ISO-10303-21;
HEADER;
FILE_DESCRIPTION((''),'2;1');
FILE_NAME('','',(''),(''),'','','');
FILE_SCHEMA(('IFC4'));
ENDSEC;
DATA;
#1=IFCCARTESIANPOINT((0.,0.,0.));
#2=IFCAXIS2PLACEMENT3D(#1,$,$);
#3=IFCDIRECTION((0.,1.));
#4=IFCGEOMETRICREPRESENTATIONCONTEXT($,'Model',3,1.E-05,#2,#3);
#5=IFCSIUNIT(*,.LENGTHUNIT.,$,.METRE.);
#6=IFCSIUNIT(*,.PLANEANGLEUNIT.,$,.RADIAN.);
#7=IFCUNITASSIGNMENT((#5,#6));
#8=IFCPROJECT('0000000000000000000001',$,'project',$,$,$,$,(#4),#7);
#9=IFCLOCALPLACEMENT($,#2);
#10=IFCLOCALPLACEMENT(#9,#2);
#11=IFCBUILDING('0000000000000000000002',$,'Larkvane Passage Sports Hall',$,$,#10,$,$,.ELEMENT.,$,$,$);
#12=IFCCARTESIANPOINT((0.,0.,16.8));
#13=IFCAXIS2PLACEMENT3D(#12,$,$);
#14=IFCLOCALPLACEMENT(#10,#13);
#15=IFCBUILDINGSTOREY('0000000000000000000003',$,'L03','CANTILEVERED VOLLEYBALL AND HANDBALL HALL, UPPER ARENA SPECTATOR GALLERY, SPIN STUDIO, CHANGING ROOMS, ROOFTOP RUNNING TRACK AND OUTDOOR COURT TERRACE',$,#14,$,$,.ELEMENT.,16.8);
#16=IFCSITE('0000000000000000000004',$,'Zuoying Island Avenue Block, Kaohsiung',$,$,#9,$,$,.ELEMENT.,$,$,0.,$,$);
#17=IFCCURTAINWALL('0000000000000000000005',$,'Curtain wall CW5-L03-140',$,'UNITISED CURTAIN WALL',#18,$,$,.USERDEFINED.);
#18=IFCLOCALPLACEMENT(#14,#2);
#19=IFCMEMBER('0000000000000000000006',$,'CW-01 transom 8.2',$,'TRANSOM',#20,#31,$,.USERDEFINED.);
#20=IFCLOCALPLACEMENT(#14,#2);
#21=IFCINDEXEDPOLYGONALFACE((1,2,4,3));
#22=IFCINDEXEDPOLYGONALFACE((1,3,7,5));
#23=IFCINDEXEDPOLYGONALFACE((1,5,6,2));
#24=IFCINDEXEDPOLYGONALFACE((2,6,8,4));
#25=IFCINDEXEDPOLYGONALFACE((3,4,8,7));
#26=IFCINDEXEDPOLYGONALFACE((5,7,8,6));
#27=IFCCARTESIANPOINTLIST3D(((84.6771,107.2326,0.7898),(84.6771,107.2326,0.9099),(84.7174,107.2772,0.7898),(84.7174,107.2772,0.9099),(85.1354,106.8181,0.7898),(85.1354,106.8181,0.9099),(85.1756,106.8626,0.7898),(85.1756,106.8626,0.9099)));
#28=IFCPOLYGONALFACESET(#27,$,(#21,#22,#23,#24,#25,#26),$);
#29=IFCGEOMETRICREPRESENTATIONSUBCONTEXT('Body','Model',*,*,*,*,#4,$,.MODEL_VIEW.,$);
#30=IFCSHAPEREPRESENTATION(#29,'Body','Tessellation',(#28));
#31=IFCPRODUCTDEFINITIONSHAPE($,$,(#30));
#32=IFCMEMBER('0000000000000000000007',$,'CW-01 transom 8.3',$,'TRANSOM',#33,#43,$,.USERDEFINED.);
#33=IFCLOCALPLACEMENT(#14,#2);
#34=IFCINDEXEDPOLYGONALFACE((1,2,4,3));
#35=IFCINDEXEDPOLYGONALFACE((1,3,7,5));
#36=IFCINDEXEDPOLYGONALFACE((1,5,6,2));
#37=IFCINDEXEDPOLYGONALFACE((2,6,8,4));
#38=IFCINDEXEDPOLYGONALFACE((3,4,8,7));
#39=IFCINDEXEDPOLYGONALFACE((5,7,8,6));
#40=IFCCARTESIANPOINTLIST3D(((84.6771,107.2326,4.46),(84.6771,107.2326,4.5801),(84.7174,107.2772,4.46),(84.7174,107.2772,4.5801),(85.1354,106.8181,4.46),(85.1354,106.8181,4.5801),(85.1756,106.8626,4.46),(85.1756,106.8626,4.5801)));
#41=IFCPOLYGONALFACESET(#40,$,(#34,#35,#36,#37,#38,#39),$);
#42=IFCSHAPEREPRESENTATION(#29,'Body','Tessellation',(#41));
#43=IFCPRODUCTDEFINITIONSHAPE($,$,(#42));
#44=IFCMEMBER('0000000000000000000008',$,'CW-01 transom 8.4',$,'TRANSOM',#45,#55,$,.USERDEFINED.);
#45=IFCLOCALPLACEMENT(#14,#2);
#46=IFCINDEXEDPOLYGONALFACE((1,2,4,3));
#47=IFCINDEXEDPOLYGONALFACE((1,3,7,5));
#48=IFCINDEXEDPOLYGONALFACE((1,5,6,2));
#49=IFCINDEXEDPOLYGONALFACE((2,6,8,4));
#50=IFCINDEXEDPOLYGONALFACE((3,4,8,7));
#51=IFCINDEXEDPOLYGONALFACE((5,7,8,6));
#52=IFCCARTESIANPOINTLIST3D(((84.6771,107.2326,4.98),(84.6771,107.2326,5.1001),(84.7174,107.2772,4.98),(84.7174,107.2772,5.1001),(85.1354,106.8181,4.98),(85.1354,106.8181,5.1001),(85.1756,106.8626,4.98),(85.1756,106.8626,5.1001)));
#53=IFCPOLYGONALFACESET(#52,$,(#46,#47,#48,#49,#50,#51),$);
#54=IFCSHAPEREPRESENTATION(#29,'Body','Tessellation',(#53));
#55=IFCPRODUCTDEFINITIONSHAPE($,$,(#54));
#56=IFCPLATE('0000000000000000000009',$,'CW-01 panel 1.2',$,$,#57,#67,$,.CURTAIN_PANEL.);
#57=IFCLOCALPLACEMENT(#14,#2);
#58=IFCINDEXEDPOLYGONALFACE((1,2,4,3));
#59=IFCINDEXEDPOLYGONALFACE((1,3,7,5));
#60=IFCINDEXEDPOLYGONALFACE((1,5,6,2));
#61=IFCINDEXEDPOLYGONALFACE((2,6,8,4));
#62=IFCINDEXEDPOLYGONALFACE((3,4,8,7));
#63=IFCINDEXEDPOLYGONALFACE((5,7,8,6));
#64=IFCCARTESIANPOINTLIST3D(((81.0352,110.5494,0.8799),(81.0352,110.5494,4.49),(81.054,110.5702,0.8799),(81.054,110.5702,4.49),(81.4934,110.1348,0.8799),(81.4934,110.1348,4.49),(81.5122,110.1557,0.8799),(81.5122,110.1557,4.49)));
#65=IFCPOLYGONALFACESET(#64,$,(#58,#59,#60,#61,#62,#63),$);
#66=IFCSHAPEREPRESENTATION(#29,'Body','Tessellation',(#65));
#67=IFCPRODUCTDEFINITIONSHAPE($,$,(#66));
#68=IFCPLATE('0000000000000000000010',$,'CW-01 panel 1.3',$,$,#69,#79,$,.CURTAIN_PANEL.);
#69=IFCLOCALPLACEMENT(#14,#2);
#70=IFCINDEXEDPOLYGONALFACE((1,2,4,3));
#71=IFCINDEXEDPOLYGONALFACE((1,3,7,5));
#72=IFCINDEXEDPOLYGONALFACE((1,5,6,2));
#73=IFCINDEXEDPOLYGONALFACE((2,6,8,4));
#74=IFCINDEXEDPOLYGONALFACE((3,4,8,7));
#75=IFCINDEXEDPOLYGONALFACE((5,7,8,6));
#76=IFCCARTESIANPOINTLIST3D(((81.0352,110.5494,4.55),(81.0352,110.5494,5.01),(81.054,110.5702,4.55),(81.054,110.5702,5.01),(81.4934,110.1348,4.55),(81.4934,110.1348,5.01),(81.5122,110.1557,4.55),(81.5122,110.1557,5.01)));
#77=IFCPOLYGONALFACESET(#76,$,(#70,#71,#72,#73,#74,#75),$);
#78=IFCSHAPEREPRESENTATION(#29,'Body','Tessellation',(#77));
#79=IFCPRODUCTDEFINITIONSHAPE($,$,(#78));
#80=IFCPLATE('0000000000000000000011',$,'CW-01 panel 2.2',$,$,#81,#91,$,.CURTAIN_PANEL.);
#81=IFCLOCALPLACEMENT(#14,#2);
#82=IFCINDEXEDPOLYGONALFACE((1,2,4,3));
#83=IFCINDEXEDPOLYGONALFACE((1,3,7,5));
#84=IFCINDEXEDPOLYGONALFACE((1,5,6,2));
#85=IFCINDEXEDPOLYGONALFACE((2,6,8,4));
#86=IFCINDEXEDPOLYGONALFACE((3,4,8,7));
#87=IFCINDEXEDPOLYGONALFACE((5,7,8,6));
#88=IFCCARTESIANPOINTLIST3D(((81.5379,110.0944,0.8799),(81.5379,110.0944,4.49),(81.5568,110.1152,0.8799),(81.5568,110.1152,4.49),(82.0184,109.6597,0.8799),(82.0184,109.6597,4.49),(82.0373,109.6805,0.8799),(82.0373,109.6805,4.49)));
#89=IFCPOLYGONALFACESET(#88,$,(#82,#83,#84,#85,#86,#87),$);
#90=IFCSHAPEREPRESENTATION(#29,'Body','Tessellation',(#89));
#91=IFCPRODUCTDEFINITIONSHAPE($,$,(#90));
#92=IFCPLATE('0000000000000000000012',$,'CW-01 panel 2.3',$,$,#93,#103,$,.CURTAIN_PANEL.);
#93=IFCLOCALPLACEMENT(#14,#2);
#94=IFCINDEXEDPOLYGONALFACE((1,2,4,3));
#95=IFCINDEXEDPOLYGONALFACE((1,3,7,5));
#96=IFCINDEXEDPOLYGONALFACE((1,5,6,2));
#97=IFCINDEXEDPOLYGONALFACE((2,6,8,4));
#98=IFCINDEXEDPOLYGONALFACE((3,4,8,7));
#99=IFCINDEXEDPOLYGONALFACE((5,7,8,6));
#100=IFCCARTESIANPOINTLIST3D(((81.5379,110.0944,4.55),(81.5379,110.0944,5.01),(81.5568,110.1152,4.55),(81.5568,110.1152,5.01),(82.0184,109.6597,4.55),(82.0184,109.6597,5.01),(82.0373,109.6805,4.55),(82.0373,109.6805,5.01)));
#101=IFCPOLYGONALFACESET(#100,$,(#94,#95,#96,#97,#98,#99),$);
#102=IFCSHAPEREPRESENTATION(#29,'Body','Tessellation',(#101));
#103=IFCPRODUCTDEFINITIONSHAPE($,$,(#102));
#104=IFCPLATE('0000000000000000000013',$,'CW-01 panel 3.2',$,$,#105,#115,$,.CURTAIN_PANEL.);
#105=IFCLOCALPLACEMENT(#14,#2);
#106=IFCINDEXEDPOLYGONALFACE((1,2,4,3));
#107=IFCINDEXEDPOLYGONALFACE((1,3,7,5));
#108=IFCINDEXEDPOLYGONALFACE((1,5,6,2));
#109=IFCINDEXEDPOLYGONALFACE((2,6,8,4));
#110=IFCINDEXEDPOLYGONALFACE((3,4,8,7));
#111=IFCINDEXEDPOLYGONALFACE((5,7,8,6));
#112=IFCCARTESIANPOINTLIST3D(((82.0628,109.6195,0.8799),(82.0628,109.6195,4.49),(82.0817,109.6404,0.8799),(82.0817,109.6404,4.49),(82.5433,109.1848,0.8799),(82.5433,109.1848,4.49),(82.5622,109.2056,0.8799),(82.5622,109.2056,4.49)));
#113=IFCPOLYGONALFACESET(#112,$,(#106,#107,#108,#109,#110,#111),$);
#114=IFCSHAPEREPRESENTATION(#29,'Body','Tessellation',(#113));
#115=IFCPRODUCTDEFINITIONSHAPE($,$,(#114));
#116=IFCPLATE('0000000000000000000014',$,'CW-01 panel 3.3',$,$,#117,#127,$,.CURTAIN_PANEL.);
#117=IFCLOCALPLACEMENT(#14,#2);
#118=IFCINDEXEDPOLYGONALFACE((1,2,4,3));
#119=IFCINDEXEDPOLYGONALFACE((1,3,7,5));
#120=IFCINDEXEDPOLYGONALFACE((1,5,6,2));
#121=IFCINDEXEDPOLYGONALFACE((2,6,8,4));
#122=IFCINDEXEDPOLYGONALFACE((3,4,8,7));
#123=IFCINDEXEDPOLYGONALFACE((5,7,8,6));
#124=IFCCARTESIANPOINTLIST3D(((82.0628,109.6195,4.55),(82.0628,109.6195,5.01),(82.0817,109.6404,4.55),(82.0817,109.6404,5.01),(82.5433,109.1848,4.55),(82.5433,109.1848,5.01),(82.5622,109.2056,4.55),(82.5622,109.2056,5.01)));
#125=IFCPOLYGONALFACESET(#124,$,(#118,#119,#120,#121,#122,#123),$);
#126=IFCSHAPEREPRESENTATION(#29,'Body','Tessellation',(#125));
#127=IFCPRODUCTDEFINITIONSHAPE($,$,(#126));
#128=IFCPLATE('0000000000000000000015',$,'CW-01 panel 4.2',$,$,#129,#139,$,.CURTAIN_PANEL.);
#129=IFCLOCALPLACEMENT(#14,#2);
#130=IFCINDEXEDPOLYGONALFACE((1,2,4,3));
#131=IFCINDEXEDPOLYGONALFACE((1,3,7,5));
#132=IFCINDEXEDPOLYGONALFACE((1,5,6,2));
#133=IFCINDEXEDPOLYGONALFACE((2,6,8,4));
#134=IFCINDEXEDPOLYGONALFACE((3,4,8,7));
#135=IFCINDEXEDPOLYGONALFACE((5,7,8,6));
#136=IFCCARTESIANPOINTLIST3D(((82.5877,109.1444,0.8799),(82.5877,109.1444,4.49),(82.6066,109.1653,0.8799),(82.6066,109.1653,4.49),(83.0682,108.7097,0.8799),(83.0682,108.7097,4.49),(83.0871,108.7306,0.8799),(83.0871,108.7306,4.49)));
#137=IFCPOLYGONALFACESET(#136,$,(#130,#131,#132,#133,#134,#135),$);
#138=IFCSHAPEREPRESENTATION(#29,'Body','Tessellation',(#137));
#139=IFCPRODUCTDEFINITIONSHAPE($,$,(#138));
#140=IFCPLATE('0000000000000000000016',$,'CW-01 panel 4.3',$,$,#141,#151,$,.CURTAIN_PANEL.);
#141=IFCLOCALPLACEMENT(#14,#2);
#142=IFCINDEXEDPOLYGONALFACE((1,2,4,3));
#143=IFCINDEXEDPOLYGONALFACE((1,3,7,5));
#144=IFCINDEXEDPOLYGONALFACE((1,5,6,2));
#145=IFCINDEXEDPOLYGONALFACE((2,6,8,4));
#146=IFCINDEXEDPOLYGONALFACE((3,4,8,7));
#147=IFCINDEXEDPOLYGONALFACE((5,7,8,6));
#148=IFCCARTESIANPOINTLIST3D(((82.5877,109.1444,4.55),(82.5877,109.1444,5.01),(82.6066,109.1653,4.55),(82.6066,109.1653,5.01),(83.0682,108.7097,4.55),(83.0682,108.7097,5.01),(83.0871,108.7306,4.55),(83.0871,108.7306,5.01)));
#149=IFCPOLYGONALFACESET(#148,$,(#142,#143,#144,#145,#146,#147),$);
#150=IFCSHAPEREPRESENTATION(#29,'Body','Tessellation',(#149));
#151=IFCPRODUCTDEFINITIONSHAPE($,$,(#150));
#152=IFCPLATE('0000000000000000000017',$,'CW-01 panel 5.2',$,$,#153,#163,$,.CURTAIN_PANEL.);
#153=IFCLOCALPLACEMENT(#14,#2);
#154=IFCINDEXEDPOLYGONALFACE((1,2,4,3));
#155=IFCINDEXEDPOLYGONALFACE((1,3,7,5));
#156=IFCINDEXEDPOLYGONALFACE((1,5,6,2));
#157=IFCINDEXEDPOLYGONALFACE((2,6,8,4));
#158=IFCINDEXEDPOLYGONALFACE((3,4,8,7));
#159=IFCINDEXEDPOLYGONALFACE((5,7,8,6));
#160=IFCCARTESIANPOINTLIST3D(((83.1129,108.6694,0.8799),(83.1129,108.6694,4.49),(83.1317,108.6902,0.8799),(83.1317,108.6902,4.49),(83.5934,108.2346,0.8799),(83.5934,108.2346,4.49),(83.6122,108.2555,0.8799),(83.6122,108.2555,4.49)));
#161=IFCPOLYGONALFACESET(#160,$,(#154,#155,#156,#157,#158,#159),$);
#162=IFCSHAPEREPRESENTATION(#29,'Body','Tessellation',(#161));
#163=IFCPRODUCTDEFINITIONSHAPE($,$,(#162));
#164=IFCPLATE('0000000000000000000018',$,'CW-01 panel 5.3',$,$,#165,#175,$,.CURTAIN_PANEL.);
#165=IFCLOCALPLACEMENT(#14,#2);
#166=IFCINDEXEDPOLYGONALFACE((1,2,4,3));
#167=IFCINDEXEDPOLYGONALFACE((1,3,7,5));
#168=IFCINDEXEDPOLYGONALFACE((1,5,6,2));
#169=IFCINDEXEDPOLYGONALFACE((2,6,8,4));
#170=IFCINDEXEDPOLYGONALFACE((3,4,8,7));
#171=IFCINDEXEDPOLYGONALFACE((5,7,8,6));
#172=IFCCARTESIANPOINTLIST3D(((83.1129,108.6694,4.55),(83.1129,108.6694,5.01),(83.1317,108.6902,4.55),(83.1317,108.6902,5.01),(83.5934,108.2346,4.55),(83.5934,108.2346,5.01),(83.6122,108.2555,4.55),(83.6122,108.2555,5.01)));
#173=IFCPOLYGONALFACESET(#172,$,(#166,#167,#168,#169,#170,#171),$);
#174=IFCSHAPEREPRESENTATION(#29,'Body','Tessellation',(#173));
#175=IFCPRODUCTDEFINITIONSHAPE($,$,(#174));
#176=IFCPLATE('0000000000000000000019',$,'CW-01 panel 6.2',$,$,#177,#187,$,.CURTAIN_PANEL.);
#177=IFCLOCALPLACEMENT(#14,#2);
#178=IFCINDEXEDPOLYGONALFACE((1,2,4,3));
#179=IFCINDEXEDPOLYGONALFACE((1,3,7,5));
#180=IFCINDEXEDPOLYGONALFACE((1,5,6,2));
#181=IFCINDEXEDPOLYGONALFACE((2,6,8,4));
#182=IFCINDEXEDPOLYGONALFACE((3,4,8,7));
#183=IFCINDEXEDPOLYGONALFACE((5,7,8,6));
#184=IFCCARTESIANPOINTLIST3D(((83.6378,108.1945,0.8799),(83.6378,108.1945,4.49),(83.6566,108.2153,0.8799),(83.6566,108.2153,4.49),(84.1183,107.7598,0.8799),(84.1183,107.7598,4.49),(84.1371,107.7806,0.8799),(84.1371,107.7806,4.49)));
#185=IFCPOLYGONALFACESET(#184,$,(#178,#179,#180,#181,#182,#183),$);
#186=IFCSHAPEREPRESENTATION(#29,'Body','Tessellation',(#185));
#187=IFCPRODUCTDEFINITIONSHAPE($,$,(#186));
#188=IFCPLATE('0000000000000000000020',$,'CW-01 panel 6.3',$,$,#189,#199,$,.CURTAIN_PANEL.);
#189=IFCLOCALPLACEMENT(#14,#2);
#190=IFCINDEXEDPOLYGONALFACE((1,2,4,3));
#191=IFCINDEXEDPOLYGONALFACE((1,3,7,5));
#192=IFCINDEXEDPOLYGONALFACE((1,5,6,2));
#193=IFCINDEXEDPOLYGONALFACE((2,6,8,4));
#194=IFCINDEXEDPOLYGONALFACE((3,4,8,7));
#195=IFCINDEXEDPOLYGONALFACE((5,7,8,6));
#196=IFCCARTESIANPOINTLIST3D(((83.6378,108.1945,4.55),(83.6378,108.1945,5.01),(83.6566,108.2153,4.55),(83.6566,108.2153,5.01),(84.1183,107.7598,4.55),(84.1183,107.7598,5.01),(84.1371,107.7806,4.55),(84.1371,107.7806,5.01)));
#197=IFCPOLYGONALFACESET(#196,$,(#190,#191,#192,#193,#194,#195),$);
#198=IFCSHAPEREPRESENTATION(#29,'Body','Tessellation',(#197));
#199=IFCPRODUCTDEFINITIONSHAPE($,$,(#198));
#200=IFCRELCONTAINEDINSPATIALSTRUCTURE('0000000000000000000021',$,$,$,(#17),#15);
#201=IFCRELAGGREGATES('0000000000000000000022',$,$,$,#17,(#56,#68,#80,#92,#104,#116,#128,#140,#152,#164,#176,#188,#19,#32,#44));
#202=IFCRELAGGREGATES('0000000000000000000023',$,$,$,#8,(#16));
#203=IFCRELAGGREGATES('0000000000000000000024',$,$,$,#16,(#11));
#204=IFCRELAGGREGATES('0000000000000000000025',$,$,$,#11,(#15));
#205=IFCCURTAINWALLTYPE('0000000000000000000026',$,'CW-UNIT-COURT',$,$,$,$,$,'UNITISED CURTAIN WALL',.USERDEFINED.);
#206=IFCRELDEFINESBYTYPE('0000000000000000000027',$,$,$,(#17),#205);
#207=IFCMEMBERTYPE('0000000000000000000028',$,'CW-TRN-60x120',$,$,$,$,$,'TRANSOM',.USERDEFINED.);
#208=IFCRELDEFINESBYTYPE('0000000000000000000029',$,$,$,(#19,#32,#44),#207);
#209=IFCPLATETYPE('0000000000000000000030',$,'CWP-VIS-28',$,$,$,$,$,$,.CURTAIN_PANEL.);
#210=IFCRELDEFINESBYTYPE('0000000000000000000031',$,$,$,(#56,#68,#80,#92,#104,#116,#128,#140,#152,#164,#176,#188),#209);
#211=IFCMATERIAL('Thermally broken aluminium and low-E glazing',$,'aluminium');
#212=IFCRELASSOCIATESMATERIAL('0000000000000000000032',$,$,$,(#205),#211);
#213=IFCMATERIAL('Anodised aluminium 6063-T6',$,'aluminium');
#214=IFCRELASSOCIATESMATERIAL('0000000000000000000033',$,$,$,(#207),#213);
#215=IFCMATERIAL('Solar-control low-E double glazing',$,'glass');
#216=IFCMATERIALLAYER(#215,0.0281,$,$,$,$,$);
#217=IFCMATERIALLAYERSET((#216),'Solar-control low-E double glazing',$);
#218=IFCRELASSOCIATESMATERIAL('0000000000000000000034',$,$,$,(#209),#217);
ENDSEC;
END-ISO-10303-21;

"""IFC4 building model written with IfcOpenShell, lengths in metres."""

from ifc_helpers import new_model, si_unit, direction, frame, origin, origin_2d, place, context, subcontext, project, spatial, rectangle, extrude, material, layer, layer_set, material_profile, profile_set, type_object, element, aggregate, save


model = new_model("IFC4")

# Units and contexts
model_context = context("Model", 3, precision=1e-05, world=origin(), true_north=direction((0.0, 1.0)))
body_context = subcontext(model_context, "Body", "Model", "MODEL_VIEW")
ifc_project = project(units=[si_unit("LENGTHUNIT", "METRE"), si_unit("PLANEANGLEUNIT", "RADIAN")], contexts=[model_context])

# Site, building, storey
site_placement = place(None, origin())
site = spatial("IfcSite", under=ifc_project, at=site_placement, Name="Zuoying Island Avenue Block, Kaohsiung", CompositionType="ELEMENT", RefElevation=0.0)
building_placement = place(site_placement, origin())
building = spatial("IfcBuilding", under=site, at=building_placement, Name="Larkvane Passage Sports Hall", CompositionType="ELEMENT")
storey_placement = place(building_placement, frame((0.0, 0.0, 16.8)))
storey = spatial("IfcBuildingStorey", under=building, at=storey_placement, Name="L03", Description="CANTILEVERED VOLLEYBALL AND HANDBALL HALL, UPPER ARENA SPECTATOR GALLERY, SPIN STUDIO, CHANGING ROOMS, ROOFTOP RUNNING TRACK AND OUTDOOR COURT TERRACE", CompositionType="ELEMENT", Elevation=16.8)

# Curtain wall, members, plates
ifc_material_1 = material(Name="Thermally broken aluminium and low-E glazing", Category="aluminium")
curtain_wall_type = type_object("IfcCurtainWallType", Name="CW-UNIT-COURT", ElementType="UNITISED CURTAIN WALL", PredefinedType="USERDEFINED", material=ifc_material_1)
curtain_wall_placement = place(storey_placement, origin())
curtain_wall = element("IfcCurtainWall", 1, at=curtain_wall_placement, inside=storey, type_object=curtain_wall_type, Name="Curtain wall CW5-L03-140", ObjectType="UNITISED CURTAIN WALL", PredefinedType="USERDEFINED")
ifc_material_2 = material(Name="Anodised aluminium 6063-T6", Category="aluminium")
ifc_material_profile = material_profile(ifc_material_2, rectangle(XDim=0.0601, YDim=0.1201, at=origin_2d()), Name="ALU-TRN-60x120")
ifc_profile_set = profile_set([ifc_material_profile], Name="Anodised aluminium 6063-T6")
member_type = type_object("IfcMemberType", Name="CW-TRN-60x120", ElementType="TRANSOM", PredefinedType="USERDEFINED", material=ifc_profile_set)
member_1_placement = place(storey_placement, frame((84.6973, 107.2549, 0.8499), z_axis=(0.741583, -0.670862, 0.0), x_axis=(0.670862, 0.741583, 0.0)))
member_1 = element("IfcMember", 2, at=member_1_placement, type_object=member_type, Name="CW-01 transom 8.2", ObjectType="TRANSOM", PredefinedType="USERDEFINED", context=body_context, shape_type="SweptSolid", body=[
    extrude(rectangle(XDim=0.0601, YDim=0.1201, at=origin_2d()), origin(), (0.0, 0.0, 1.0), 0.6179),
])
member_2_placement = place(storey_placement, frame((84.6973, 107.2549, 4.52), z_axis=(0.741583, -0.670862, 0.0), x_axis=(0.670862, 0.741583, 0.0)))
member_2 = element("IfcMember", 3, at=member_2_placement, type_object=member_type, Name="CW-01 transom 8.3", ObjectType="TRANSOM", PredefinedType="USERDEFINED", context=body_context, shape_type="SweptSolid", body=[
    extrude(rectangle(XDim=0.0601, YDim=0.1201, at=origin_2d()), origin(), (0.0, 0.0, 1.0), 0.6179),
])
member_3_placement = place(storey_placement, frame((84.6973, 107.2549, 5.04), z_axis=(0.741583, -0.670862, 0.0), x_axis=(0.670862, 0.741583, 0.0)))
member_3 = element("IfcMember", 4, at=member_3_placement, type_object=member_type, Name="CW-01 transom 8.4", ObjectType="TRANSOM", PredefinedType="USERDEFINED", context=body_context, shape_type="SweptSolid", body=[
    extrude(rectangle(XDim=0.0601, YDim=0.1201, at=origin_2d()), origin(), (0.0, 0.0, 1.0), 0.6179),
])
ifc_material_3 = material(Name="Solar-control low-E double glazing", Category="glass")
ifc_layer = layer(ifc_material_3, 0.0281)
ifc_layer_set = layer_set([ifc_layer], Name="Solar-control low-E double glazing")
plate_type = type_object("IfcPlateType", Name="CWP-VIS-28", PredefinedType="CURTAIN_PANEL", material=ifc_layer_set)
plate_1_placement = place(storey_placement, frame((81.2737, 110.3525, 0.8799), z_axis=(0.0, 0.0, 1.0), x_axis=(0.741536, -0.670913, 0.0)))
plate_1 = element("IfcPlate", 5, at=plate_1_placement, type_object=plate_type, Name="CW-01 panel 1.2", PredefinedType="CURTAIN_PANEL", context=body_context, shape_type="SweptSolid", body=[
    extrude(rectangle(XDim=0.6179, YDim=0.0281, at=origin_2d()), origin(), (0.0, 0.0, 1.0), 3.6101),
])
plate_2_placement = place(storey_placement, frame((81.2737, 110.3525, 4.55), z_axis=(0.0, 0.0, 1.0), x_axis=(0.741536, -0.670913, 0.0)))
plate_2 = element("IfcPlate", 6, at=plate_2_placement, type_object=plate_type, Name="CW-01 panel 1.3", PredefinedType="CURTAIN_PANEL", context=body_context, shape_type="SweptSolid", body=[
    extrude(rectangle(XDim=0.6179, YDim=0.0281, at=origin_2d()), origin(), (0.0, 0.0, 1.0), 0.46),
])
plate_3_placement = place(storey_placement, frame((81.7876, 109.8875, 0.8799), z_axis=(0.0, 0.0, 1.0), x_axis=(0.741536, -0.670913, 0.0)))
plate_3 = element("IfcPlate", 7, at=plate_3_placement, type_object=plate_type, Name="CW-01 panel 2.2", PredefinedType="CURTAIN_PANEL", context=body_context, shape_type="SweptSolid", body=[
    extrude(rectangle(XDim=0.6479, YDim=0.0281, at=origin_2d()), origin(), (0.0, 0.0, 1.0), 3.6101),
])
plate_4_placement = place(storey_placement, frame((81.7876, 109.8875, 4.55), z_axis=(0.0, 0.0, 1.0), x_axis=(0.741536, -0.670913, 0.0)))
plate_4 = element("IfcPlate", 8, at=plate_4_placement, type_object=plate_type, Name="CW-01 panel 2.3", PredefinedType="CURTAIN_PANEL", context=body_context, shape_type="SweptSolid", body=[
    extrude(rectangle(XDim=0.6479, YDim=0.0281, at=origin_2d()), origin(), (0.0, 0.0, 1.0), 0.46),
])
plate_5_placement = place(storey_placement, frame((82.3125, 109.4126, 0.8799), z_axis=(0.0, 0.0, 1.0), x_axis=(0.741536, -0.670913, 0.0)))
plate_5 = element("IfcPlate", 9, at=plate_5_placement, type_object=plate_type, Name="CW-01 panel 3.2", PredefinedType="CURTAIN_PANEL", context=body_context, shape_type="SweptSolid", body=[
    extrude(rectangle(XDim=0.6479, YDim=0.0281, at=origin_2d()), origin(), (0.0, 0.0, 1.0), 3.6101),
])
plate_6_placement = place(storey_placement, frame((82.3125, 109.4126, 4.55), z_axis=(0.0, 0.0, 1.0), x_axis=(0.741536, -0.670913, 0.0)))
plate_6 = element("IfcPlate", 10, at=plate_6_placement, type_object=plate_type, Name="CW-01 panel 3.3", PredefinedType="CURTAIN_PANEL", context=body_context, shape_type="SweptSolid", body=[
    extrude(rectangle(XDim=0.6479, YDim=0.0281, at=origin_2d()), origin(), (0.0, 0.0, 1.0), 0.46),
])
plate_7_placement = place(storey_placement, frame((82.8374, 108.9375, 0.8799), z_axis=(0.0, 0.0, 1.0), x_axis=(0.741536, -0.670913, 0.0)))
plate_7 = element("IfcPlate", 11, at=plate_7_placement, type_object=plate_type, Name="CW-01 panel 4.2", PredefinedType="CURTAIN_PANEL", context=body_context, shape_type="SweptSolid", body=[
    extrude(rectangle(XDim=0.6479, YDim=0.0281, at=origin_2d()), origin(), (0.0, 0.0, 1.0), 3.6101),
])
plate_8_placement = place(storey_placement, frame((82.8374, 108.9375, 4.55), z_axis=(0.0, 0.0, 1.0), x_axis=(0.741536, -0.670913, 0.0)))
plate_8 = element("IfcPlate", 12, at=plate_8_placement, type_object=plate_type, Name="CW-01 panel 4.3", PredefinedType="CURTAIN_PANEL", context=body_context, shape_type="SweptSolid", body=[
    extrude(rectangle(XDim=0.6479, YDim=0.0281, at=origin_2d()), origin(), (0.0, 0.0, 1.0), 0.46),
])
plate_9_placement = place(storey_placement, frame((83.3625, 108.4624, 0.8799), z_axis=(0.0, 0.0, 1.0), x_axis=(0.741536, -0.670913, 0.0)))
plate_9 = element("IfcPlate", 13, at=plate_9_placement, type_object=plate_type, Name="CW-01 panel 5.2", PredefinedType="CURTAIN_PANEL", context=body_context, shape_type="SweptSolid", body=[
    extrude(rectangle(XDim=0.6479, YDim=0.0281, at=origin_2d()), origin(), (0.0, 0.0, 1.0), 3.6101),
])
plate_10_placement = place(storey_placement, frame((83.3625, 108.4624, 4.55), z_axis=(0.0, 0.0, 1.0), x_axis=(0.741536, -0.670913, 0.0)))
plate_10 = element("IfcPlate", 14, at=plate_10_placement, type_object=plate_type, Name="CW-01 panel 5.3", PredefinedType="CURTAIN_PANEL", context=body_context, shape_type="SweptSolid", body=[
    extrude(rectangle(XDim=0.6479, YDim=0.0281, at=origin_2d()), origin(), (0.0, 0.0, 1.0), 0.46),
])
plate_11_placement = place(storey_placement, frame((83.8875, 107.9875, 0.8799), z_axis=(0.0, 0.0, 1.0), x_axis=(0.741536, -0.670913, 0.0)))
plate_11 = element("IfcPlate", 15, at=plate_11_placement, type_object=plate_type, Name="CW-01 panel 6.2", PredefinedType="CURTAIN_PANEL", context=body_context, shape_type="SweptSolid", body=[
    extrude(rectangle(XDim=0.6479, YDim=0.0281, at=origin_2d()), origin(), (0.0, 0.0, 1.0), 3.6101),
])
plate_12_placement = place(storey_placement, frame((83.8875, 107.9875, 4.55), z_axis=(0.0, 0.0, 1.0), x_axis=(0.741536, -0.670913, 0.0)))
plate_12 = element("IfcPlate", 16, at=plate_12_placement, type_object=plate_type, Name="CW-01 panel 6.3", PredefinedType="CURTAIN_PANEL", context=body_context, shape_type="SweptSolid", body=[
    extrude(rectangle(XDim=0.6479, YDim=0.0281, at=origin_2d()), origin(), (0.0, 0.0, 1.0), 0.46),
])
aggregate(curtain_wall, [plate_1, plate_2, plate_3, plate_4, plate_5, plate_6, plate_7, plate_8, plate_9, plate_10, plate_11, plate_12, member_1, member_2, member_3])

save(model, "model.ifc")
